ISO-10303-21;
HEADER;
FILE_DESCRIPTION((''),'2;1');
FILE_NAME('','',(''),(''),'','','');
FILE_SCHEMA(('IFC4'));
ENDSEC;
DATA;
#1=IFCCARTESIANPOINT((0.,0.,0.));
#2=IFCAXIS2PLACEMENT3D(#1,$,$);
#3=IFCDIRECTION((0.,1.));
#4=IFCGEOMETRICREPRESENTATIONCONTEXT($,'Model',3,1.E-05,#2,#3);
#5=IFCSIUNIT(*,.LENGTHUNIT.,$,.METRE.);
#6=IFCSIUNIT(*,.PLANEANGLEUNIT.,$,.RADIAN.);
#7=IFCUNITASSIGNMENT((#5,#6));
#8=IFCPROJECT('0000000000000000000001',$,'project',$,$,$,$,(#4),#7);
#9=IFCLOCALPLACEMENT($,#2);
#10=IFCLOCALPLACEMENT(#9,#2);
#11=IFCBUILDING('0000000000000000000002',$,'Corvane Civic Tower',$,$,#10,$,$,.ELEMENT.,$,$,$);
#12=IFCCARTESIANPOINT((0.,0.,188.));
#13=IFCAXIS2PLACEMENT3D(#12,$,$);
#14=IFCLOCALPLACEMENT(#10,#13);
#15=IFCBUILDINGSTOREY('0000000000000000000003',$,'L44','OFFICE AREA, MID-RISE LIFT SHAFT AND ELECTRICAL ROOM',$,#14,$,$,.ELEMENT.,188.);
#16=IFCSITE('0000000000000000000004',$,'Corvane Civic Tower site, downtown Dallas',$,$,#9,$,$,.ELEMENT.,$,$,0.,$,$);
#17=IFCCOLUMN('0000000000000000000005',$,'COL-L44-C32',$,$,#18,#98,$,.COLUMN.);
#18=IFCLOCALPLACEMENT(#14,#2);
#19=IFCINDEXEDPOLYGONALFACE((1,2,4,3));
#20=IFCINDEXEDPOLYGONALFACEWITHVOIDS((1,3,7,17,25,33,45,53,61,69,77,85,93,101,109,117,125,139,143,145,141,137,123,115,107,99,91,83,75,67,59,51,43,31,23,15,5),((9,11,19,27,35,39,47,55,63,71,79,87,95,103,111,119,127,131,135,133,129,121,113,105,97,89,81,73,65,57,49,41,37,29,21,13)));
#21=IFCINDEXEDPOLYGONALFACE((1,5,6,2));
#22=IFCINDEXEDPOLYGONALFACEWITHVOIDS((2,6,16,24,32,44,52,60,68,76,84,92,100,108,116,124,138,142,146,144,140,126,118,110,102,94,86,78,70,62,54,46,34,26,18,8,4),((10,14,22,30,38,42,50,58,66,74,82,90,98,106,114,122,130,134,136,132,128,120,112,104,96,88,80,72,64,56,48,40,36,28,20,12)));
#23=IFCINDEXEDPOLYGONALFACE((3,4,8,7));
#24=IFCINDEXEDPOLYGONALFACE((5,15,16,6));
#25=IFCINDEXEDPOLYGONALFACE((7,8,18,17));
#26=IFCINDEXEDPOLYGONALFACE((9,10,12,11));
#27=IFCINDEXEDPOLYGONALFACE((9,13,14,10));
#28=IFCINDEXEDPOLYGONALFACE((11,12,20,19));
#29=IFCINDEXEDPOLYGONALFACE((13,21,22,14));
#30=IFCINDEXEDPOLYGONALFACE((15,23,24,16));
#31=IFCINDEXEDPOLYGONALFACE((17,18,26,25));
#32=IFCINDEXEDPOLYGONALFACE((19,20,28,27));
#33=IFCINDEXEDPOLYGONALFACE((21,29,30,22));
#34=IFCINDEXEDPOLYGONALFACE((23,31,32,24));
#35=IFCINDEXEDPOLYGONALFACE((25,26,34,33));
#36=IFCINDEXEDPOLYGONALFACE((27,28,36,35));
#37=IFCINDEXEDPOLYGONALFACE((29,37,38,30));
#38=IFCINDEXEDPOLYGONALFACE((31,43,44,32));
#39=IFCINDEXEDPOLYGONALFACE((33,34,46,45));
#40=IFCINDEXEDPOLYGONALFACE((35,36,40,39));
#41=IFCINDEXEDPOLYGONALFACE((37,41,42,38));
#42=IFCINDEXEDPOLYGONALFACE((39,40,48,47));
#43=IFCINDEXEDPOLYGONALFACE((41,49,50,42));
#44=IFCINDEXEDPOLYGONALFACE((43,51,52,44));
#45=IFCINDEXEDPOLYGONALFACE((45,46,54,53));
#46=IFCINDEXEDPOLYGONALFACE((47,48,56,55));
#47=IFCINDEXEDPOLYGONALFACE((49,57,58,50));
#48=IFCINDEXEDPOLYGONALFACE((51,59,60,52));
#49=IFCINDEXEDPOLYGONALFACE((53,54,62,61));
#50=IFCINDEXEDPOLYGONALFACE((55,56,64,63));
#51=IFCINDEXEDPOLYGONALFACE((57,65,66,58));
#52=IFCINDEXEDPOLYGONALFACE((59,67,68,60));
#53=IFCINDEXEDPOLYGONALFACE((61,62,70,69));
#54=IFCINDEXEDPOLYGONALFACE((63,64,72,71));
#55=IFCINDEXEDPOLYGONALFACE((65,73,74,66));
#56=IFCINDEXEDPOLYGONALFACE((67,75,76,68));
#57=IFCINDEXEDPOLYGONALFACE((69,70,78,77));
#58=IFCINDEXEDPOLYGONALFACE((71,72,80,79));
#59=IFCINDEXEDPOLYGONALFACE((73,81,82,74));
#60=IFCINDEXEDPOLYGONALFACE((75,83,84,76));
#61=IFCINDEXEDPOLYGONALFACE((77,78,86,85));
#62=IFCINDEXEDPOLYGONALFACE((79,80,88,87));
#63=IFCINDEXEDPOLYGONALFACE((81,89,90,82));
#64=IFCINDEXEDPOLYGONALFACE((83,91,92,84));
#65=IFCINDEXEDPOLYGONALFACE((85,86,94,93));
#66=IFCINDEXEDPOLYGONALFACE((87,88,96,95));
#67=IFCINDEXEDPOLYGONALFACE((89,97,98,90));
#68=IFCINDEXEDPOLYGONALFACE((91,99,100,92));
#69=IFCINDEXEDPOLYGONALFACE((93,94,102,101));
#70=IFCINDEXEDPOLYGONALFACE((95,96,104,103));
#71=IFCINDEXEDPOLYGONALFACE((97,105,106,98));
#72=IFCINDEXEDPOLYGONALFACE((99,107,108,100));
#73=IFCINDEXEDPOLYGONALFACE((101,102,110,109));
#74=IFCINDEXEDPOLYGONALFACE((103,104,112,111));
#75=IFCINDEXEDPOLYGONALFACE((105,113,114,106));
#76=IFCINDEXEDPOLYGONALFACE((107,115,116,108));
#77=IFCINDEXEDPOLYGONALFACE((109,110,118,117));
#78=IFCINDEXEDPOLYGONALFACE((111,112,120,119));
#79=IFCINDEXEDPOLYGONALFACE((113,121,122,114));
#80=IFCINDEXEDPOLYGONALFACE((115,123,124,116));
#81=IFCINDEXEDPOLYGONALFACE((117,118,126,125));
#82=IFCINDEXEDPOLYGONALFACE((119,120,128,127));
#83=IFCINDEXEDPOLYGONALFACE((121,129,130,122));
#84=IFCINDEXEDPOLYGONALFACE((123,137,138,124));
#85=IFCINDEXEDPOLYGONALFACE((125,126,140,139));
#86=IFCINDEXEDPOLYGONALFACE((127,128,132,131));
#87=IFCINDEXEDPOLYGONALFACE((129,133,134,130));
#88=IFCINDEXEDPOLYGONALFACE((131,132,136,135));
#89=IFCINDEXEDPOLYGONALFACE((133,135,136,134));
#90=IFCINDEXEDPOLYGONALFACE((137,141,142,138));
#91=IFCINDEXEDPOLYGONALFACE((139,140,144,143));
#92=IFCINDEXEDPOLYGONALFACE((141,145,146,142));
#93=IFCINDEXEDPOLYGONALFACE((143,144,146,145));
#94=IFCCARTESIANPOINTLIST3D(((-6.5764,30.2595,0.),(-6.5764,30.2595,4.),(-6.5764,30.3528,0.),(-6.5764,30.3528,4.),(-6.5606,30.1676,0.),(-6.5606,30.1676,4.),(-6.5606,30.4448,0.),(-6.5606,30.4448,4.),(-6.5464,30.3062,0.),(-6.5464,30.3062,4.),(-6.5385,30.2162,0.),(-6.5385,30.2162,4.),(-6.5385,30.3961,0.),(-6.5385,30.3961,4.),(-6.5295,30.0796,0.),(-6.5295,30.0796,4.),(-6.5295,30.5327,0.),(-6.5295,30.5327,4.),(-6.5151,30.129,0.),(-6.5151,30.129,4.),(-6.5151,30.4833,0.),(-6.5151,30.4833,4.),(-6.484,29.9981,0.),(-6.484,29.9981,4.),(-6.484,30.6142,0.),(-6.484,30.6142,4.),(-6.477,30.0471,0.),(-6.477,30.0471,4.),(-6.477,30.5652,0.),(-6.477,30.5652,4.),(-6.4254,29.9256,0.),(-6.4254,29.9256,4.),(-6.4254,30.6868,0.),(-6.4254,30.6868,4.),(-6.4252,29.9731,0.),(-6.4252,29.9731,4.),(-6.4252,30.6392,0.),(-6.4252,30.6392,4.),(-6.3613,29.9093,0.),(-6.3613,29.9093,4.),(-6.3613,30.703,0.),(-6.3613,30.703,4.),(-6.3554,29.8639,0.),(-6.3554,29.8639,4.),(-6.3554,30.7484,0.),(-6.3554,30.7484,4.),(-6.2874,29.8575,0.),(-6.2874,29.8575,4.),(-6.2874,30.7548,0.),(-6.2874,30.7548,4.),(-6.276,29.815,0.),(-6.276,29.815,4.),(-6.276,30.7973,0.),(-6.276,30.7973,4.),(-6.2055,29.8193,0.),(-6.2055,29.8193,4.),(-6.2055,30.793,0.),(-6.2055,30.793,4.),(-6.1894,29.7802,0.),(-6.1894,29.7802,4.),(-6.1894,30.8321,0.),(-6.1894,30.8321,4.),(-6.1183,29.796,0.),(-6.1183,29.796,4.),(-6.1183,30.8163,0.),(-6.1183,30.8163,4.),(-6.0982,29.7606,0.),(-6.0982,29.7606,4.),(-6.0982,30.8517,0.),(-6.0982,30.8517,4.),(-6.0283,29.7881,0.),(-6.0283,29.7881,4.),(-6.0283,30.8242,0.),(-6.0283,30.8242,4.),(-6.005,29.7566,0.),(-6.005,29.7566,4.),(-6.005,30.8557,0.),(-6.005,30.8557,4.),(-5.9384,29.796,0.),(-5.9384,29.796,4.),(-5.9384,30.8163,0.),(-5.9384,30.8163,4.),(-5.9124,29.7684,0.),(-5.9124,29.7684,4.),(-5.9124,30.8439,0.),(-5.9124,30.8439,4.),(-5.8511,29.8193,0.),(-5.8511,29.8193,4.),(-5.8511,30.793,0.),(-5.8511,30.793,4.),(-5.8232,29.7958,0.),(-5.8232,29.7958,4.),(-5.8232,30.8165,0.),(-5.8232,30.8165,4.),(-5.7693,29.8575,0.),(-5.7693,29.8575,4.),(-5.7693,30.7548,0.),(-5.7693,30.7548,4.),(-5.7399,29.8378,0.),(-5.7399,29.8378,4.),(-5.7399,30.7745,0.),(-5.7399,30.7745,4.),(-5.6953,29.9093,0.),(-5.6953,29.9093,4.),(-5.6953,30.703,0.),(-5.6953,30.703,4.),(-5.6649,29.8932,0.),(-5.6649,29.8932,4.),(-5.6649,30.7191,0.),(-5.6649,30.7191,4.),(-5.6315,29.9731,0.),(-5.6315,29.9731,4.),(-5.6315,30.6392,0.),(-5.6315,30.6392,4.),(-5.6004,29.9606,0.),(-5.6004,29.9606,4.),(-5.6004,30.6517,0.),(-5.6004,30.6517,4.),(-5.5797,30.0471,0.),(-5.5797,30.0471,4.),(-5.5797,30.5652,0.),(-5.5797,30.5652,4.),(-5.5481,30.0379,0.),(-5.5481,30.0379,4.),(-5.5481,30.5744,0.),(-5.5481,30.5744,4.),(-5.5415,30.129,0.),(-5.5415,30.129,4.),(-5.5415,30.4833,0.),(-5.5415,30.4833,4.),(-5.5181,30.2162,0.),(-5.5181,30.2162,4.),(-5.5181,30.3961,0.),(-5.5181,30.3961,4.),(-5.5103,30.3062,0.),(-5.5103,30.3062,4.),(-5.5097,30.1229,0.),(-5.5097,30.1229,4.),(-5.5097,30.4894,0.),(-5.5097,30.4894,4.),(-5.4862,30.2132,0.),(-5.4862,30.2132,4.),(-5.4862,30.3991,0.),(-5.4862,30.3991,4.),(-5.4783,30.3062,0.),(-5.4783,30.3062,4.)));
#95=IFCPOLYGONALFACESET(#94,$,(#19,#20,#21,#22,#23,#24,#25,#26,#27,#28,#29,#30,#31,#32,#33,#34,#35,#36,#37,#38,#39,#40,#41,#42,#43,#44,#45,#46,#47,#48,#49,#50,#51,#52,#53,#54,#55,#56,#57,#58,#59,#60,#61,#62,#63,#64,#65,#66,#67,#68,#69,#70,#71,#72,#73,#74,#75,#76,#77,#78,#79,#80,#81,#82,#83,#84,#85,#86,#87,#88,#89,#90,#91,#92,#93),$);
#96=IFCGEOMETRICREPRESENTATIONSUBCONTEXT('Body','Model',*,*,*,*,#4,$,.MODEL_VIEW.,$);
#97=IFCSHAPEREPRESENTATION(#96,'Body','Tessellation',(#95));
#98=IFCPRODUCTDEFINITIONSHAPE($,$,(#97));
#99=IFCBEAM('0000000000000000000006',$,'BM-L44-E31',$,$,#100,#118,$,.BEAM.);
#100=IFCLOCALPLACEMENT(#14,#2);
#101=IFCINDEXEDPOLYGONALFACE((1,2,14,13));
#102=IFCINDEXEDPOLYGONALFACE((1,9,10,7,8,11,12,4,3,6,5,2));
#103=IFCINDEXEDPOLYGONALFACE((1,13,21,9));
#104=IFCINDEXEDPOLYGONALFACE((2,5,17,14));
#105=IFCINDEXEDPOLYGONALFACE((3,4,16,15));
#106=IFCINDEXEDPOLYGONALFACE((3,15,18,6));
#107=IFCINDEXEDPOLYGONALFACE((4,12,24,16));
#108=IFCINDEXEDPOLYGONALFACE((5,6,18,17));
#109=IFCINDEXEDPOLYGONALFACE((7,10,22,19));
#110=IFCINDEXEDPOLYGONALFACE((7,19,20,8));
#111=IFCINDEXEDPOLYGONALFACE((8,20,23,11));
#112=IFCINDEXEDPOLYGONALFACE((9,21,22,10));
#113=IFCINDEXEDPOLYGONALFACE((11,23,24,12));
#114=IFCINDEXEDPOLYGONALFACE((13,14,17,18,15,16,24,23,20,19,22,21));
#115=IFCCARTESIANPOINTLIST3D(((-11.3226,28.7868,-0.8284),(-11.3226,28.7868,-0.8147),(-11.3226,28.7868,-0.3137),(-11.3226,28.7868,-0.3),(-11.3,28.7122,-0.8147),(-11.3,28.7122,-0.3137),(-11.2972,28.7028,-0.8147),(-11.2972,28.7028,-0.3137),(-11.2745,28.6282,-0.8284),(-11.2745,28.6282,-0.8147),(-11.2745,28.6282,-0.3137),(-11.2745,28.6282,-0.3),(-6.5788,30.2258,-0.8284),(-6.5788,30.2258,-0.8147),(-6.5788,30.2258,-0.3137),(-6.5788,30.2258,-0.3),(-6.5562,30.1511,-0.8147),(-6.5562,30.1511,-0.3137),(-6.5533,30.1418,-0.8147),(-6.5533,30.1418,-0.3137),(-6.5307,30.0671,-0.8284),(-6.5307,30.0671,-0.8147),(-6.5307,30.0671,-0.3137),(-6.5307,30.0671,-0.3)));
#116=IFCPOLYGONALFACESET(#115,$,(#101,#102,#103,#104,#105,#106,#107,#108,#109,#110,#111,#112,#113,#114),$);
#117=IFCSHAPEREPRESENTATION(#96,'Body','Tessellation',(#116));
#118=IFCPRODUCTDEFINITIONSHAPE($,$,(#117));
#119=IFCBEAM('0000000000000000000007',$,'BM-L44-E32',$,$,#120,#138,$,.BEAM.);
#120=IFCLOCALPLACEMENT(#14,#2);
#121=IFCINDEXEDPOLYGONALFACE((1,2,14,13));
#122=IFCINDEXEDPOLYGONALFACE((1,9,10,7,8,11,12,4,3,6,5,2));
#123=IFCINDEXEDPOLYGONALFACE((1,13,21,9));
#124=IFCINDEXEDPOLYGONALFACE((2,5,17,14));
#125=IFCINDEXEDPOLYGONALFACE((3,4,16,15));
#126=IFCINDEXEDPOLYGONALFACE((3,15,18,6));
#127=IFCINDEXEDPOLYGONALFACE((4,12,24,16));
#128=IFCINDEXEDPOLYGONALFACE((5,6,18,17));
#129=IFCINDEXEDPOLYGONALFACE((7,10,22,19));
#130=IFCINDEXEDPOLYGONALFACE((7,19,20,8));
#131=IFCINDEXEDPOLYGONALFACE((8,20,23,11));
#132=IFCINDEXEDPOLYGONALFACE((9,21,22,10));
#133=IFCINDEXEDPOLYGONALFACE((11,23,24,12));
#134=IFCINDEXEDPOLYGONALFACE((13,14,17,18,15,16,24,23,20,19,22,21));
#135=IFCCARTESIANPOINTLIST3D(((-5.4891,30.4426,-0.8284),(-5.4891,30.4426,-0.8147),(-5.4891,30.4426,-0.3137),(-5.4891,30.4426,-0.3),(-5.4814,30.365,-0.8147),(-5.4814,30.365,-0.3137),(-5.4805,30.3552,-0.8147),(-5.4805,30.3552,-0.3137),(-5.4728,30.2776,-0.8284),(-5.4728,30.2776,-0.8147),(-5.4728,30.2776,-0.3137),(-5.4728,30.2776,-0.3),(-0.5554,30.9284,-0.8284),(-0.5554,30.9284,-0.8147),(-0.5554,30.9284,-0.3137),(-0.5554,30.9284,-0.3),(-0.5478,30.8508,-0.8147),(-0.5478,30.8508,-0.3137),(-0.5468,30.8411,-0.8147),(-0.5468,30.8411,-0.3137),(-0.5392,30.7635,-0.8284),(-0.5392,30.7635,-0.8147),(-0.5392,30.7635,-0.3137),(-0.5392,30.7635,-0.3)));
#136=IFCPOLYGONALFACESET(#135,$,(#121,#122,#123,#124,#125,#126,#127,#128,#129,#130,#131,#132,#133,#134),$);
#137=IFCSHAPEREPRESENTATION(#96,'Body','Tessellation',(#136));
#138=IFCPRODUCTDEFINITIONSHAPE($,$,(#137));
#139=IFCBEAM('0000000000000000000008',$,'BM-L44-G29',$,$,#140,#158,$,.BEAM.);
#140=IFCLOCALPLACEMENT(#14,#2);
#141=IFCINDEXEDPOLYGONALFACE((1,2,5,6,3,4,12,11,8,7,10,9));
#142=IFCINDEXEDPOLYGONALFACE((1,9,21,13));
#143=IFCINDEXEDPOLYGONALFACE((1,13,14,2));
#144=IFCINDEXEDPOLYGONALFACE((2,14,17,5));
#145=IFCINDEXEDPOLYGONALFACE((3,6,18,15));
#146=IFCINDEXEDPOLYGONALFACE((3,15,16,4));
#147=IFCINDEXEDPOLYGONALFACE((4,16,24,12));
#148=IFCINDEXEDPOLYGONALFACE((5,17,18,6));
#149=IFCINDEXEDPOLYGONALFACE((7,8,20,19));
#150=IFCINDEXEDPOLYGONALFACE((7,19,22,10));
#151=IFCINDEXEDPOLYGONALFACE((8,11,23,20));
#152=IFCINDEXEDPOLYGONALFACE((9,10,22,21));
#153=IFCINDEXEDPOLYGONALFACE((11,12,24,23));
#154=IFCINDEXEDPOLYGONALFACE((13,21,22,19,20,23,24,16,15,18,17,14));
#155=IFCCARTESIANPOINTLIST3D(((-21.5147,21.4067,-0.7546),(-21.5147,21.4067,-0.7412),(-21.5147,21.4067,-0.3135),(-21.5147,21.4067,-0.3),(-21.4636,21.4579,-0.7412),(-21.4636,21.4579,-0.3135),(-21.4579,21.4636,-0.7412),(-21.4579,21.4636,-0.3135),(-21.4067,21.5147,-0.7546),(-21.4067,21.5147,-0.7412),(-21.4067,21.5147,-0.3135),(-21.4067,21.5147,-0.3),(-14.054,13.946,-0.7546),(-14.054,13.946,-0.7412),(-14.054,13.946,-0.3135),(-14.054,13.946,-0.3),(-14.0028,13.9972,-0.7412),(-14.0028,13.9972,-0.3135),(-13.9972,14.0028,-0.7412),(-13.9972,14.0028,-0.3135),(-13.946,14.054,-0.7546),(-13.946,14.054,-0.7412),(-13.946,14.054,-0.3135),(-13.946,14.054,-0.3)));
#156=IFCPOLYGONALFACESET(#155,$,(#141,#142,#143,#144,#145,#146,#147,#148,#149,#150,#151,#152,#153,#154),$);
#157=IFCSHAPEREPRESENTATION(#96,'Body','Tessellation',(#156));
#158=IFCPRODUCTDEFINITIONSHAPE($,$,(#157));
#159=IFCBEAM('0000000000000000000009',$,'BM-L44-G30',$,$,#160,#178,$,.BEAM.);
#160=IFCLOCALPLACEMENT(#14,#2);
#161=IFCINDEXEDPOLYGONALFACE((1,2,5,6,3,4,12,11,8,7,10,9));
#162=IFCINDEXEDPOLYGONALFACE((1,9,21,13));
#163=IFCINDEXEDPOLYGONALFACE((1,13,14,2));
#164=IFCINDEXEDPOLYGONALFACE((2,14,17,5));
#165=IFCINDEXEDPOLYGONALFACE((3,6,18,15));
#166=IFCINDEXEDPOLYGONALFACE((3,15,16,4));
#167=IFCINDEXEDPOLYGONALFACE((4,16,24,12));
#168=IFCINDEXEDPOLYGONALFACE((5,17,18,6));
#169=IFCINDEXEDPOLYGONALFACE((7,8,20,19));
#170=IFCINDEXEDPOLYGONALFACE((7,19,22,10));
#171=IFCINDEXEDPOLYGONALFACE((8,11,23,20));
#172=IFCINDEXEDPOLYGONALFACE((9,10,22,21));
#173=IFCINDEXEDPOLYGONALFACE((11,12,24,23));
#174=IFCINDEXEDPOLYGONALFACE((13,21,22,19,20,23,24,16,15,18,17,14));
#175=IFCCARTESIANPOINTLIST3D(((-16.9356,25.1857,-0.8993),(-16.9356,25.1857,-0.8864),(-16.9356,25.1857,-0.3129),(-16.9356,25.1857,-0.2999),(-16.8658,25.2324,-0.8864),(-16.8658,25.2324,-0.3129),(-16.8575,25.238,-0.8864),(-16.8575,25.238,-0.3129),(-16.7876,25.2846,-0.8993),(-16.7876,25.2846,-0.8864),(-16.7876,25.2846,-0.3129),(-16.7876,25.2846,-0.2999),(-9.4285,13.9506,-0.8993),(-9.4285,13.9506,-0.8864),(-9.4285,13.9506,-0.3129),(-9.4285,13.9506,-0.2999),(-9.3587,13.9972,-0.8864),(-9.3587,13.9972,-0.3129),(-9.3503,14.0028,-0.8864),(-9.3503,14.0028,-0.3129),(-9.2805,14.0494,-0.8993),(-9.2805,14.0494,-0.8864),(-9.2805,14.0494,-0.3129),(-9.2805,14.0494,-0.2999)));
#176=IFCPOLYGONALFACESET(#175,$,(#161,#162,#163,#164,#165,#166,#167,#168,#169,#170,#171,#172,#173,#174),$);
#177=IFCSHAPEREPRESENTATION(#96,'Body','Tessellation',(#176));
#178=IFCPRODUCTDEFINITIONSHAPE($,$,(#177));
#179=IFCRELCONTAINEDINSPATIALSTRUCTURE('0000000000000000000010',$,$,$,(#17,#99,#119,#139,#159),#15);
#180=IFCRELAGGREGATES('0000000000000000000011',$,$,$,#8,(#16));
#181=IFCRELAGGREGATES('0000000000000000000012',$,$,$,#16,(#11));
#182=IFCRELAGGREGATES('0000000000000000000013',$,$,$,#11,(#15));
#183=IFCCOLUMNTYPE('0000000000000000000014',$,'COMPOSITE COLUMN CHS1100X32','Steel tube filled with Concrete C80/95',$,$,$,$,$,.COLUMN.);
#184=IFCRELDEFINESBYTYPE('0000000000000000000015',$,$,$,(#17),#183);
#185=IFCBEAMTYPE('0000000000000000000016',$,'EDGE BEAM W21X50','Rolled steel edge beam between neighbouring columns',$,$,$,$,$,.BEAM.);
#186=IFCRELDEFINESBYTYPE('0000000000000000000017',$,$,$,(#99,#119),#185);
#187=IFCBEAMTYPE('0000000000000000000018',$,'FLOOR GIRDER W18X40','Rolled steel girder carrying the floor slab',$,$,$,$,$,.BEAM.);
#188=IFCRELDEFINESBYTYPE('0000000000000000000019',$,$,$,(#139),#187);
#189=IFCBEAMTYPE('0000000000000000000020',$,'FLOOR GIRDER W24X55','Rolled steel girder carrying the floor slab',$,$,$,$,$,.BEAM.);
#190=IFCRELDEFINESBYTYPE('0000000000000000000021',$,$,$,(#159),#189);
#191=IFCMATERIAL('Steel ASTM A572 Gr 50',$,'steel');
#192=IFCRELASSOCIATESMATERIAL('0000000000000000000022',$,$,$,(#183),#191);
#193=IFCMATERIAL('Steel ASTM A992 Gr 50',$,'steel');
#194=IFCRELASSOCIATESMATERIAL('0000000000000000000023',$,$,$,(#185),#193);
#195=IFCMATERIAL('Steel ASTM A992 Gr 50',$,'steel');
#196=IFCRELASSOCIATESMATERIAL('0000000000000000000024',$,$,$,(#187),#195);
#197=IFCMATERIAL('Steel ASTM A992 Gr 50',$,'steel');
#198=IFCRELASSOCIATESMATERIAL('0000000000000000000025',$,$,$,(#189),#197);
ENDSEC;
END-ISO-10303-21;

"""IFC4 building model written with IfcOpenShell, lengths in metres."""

from ifc_helpers import new_model, si_unit, direction, frame, origin, origin_2d, place, context, subcontext, project, spatial, hollow_circle, i_section, extrude, material, material_profile, profile_set, type_object, element, save


model = new_model("IFC4")

# Units and contexts
model_context = context("Model", 3, precision=1e-05, world=origin(), true_north=direction((0.0, 1.0)))
body_context = subcontext(model_context, "Body", "Model", "MODEL_VIEW")
ifc_project = project(units=[si_unit("LENGTHUNIT", "METRE"), si_unit("PLANEANGLEUNIT", "RADIAN")], contexts=[model_context])

# Site, building, storey
site_placement = place(None, origin())
site = spatial("IfcSite", under=ifc_project, at=site_placement, Name="Corvane Civic Tower site, downtown Dallas", CompositionType="ELEMENT", RefElevation=0.0)
building_placement = place(site_placement, origin())
building = spatial("IfcBuilding", under=site, at=building_placement, Name="Corvane Civic Tower", CompositionType="ELEMENT")
storey_placement = place(building_placement, frame((0.0, 0.0, 188.0)))
storey = spatial("IfcBuildingStorey", under=building, at=storey_placement, Name="L44", Description="OFFICE AREA, MID-RISE LIFT SHAFT AND ELECTRICAL ROOM", CompositionType="ELEMENT", Elevation=188.0)

# Column
ifc_material_1 = material(Name="Steel ASTM A572 Gr 50", Category="steel")
ifc_material_profile_1 = material_profile(ifc_material_1, hollow_circle(Radius=0.55, WallThickness=0.032, at=origin_2d()), Name="CHS1100X32")
ifc_profile_set_1 = profile_set([ifc_material_profile_1], Name="Steel ASTM A572 Gr 50")
column_type = type_object("IfcColumnType", Name="COMPOSITE COLUMN CHS1100X32", Description="Steel tube filled with Concrete C80/95", PredefinedType="COLUMN", material=ifc_profile_set_1)
for number, where, z_axis, x_axis, name in (
    (1, (-6.0283, 30.3062, 0.0), (0.0, 0.0, 1.0), (1.0, 0.0, 0.0), "COL-L44-C32"),
):
    element("IfcColumn", number, at=place(storey_placement, frame(where, z_axis=z_axis, x_axis=x_axis)), inside=storey, type_object=column_type, Name=name, PredefinedType="COLUMN", context=body_context, shape_type="SweptSolid", body=[
        extrude(hollow_circle(Radius=0.55, WallThickness=0.032, at=origin_2d()), origin(), (0.0, 0.0, 1.0), 4.0),
    ])

# Beams
ifc_material_2 = material(Name="Steel ASTM A992 Gr 50", Category="steel")
ifc_material_profile_2 = material_profile(ifc_material_2, i_section(OverallWidth=0.1658, OverallDepth=0.5283, WebThickness=0.0098, FlangeThickness=0.0137, at=origin_2d()), Name="W21X50")
ifc_profile_set_2 = profile_set([ifc_material_profile_2], Name="Steel ASTM A992 Gr 50")
beam_type_1 = type_object("IfcBeamType", Name="EDGE BEAM W21X50", Description="Rolled steel edge beam between neighbouring columns", PredefinedType="BEAM", material=ifc_profile_set_2)
beam_1_placement = place(storey_placement, frame((-11.2986, 28.7075, -0.5642), z_axis=(0.956945, 0.29027, 0.0), x_axis=(-0.29027, 0.956945, 0.0)))
element("IfcBeam", 2, at=beam_1_placement, inside=storey, type_object=beam_type_1, Name="BM-L44-E31", PredefinedType="BEAM", context=body_context, shape_type="SweptSolid", body=[
    extrude(i_section(OverallWidth=0.1658, OverallDepth=0.5283, WebThickness=0.0098, FlangeThickness=0.0137, at=origin_2d()), origin(), (0.0, 0.0, 1.0), 4.9573),
])
beam_2_placement = place(storey_placement, frame((-5.481, 30.3601, -0.5642), z_axis=(0.995186, 0.098002, 0.0), x_axis=(-0.098002, 0.995186, 0.0)))
element("IfcBeam", 3, at=beam_2_placement, inside=storey, type_object=beam_type_1, Name="BM-L44-E32", PredefinedType="BEAM", context=body_context, shape_type="SweptSolid", body=[
    extrude(i_section(OverallWidth=0.1658, OverallDepth=0.5283, WebThickness=0.0098, FlangeThickness=0.0137, at=origin_2d()), origin(), (0.0, 0.0, 1.0), 4.9575),
])
ifc_material_3 = material(Name="Steel ASTM A992 Gr 50", Category="steel")
ifc_material_profile_3 = material_profile(ifc_material_3, i_section(OverallWidth=0.1528, OverallDepth=0.4546, WebThickness=0.0081, FlangeThickness=0.0134, at=origin_2d()), Name="W18X40")
ifc_profile_set_3 = profile_set([ifc_material_profile_3], Name="Steel ASTM A992 Gr 50")
beam_type_2 = type_object("IfcBeamType", Name="FLOOR GIRDER W18X40", Description="Rolled steel girder carrying the floor slab", PredefinedType="BEAM", material=ifc_profile_set_3)
beam_3_placement = place(storey_placement, frame((-14.0, 14.0, -0.5273), z_axis=(-0.707107, 0.707107, 0.0), x_axis=(-0.707107, -0.707107, 0.0)))
element("IfcBeam", 4, at=beam_3_placement, inside=storey, type_object=beam_type_2, Name="BM-L44-G29", PredefinedType="BEAM", context=body_context, shape_type="SweptSolid", body=[
    extrude(i_section(OverallWidth=0.1528, OverallDepth=0.4546, WebThickness=0.0081, FlangeThickness=0.0134, at=origin_2d()), origin(), (0.0, 0.0, 1.0), 10.551),
])
ifc_material_4 = material(Name="Steel ASTM A992 Gr 50", Category="steel")
ifc_material_profile_4 = material_profile(ifc_material_4, i_section(OverallWidth=0.178, OverallDepth=0.5994, WebThickness=0.01, FlangeThickness=0.0129, at=origin_2d()), Name="W24X55")
ifc_profile_set_4 = profile_set([ifc_material_profile_4], Name="Steel ASTM A992 Gr 50")
beam_type_3 = type_object("IfcBeamType", Name="FLOOR GIRDER W24X55", Description="Rolled steel girder carrying the floor slab", PredefinedType="BEAM", material=ifc_profile_set_4)
beam_4_placement = place(storey_placement, frame((-9.3545, 14.0, -0.5996), z_axis=(-0.555571, 0.831469, 0.0), x_axis=(-0.831469, -0.555571, 0.0)))
element("IfcBeam", 5, at=beam_4_placement, inside=storey, type_object=beam_type_3, Name="BM-L44-G30", PredefinedType="BEAM", context=body_context, shape_type="SweptSolid", body=[
    extrude(i_section(OverallWidth=0.178, OverallDepth=0.5994, WebThickness=0.01, FlangeThickness=0.0129, at=origin_2d()), origin(), (0.0, 0.0, 1.0), 13.5125),
])

save(model, "model.ifc")
